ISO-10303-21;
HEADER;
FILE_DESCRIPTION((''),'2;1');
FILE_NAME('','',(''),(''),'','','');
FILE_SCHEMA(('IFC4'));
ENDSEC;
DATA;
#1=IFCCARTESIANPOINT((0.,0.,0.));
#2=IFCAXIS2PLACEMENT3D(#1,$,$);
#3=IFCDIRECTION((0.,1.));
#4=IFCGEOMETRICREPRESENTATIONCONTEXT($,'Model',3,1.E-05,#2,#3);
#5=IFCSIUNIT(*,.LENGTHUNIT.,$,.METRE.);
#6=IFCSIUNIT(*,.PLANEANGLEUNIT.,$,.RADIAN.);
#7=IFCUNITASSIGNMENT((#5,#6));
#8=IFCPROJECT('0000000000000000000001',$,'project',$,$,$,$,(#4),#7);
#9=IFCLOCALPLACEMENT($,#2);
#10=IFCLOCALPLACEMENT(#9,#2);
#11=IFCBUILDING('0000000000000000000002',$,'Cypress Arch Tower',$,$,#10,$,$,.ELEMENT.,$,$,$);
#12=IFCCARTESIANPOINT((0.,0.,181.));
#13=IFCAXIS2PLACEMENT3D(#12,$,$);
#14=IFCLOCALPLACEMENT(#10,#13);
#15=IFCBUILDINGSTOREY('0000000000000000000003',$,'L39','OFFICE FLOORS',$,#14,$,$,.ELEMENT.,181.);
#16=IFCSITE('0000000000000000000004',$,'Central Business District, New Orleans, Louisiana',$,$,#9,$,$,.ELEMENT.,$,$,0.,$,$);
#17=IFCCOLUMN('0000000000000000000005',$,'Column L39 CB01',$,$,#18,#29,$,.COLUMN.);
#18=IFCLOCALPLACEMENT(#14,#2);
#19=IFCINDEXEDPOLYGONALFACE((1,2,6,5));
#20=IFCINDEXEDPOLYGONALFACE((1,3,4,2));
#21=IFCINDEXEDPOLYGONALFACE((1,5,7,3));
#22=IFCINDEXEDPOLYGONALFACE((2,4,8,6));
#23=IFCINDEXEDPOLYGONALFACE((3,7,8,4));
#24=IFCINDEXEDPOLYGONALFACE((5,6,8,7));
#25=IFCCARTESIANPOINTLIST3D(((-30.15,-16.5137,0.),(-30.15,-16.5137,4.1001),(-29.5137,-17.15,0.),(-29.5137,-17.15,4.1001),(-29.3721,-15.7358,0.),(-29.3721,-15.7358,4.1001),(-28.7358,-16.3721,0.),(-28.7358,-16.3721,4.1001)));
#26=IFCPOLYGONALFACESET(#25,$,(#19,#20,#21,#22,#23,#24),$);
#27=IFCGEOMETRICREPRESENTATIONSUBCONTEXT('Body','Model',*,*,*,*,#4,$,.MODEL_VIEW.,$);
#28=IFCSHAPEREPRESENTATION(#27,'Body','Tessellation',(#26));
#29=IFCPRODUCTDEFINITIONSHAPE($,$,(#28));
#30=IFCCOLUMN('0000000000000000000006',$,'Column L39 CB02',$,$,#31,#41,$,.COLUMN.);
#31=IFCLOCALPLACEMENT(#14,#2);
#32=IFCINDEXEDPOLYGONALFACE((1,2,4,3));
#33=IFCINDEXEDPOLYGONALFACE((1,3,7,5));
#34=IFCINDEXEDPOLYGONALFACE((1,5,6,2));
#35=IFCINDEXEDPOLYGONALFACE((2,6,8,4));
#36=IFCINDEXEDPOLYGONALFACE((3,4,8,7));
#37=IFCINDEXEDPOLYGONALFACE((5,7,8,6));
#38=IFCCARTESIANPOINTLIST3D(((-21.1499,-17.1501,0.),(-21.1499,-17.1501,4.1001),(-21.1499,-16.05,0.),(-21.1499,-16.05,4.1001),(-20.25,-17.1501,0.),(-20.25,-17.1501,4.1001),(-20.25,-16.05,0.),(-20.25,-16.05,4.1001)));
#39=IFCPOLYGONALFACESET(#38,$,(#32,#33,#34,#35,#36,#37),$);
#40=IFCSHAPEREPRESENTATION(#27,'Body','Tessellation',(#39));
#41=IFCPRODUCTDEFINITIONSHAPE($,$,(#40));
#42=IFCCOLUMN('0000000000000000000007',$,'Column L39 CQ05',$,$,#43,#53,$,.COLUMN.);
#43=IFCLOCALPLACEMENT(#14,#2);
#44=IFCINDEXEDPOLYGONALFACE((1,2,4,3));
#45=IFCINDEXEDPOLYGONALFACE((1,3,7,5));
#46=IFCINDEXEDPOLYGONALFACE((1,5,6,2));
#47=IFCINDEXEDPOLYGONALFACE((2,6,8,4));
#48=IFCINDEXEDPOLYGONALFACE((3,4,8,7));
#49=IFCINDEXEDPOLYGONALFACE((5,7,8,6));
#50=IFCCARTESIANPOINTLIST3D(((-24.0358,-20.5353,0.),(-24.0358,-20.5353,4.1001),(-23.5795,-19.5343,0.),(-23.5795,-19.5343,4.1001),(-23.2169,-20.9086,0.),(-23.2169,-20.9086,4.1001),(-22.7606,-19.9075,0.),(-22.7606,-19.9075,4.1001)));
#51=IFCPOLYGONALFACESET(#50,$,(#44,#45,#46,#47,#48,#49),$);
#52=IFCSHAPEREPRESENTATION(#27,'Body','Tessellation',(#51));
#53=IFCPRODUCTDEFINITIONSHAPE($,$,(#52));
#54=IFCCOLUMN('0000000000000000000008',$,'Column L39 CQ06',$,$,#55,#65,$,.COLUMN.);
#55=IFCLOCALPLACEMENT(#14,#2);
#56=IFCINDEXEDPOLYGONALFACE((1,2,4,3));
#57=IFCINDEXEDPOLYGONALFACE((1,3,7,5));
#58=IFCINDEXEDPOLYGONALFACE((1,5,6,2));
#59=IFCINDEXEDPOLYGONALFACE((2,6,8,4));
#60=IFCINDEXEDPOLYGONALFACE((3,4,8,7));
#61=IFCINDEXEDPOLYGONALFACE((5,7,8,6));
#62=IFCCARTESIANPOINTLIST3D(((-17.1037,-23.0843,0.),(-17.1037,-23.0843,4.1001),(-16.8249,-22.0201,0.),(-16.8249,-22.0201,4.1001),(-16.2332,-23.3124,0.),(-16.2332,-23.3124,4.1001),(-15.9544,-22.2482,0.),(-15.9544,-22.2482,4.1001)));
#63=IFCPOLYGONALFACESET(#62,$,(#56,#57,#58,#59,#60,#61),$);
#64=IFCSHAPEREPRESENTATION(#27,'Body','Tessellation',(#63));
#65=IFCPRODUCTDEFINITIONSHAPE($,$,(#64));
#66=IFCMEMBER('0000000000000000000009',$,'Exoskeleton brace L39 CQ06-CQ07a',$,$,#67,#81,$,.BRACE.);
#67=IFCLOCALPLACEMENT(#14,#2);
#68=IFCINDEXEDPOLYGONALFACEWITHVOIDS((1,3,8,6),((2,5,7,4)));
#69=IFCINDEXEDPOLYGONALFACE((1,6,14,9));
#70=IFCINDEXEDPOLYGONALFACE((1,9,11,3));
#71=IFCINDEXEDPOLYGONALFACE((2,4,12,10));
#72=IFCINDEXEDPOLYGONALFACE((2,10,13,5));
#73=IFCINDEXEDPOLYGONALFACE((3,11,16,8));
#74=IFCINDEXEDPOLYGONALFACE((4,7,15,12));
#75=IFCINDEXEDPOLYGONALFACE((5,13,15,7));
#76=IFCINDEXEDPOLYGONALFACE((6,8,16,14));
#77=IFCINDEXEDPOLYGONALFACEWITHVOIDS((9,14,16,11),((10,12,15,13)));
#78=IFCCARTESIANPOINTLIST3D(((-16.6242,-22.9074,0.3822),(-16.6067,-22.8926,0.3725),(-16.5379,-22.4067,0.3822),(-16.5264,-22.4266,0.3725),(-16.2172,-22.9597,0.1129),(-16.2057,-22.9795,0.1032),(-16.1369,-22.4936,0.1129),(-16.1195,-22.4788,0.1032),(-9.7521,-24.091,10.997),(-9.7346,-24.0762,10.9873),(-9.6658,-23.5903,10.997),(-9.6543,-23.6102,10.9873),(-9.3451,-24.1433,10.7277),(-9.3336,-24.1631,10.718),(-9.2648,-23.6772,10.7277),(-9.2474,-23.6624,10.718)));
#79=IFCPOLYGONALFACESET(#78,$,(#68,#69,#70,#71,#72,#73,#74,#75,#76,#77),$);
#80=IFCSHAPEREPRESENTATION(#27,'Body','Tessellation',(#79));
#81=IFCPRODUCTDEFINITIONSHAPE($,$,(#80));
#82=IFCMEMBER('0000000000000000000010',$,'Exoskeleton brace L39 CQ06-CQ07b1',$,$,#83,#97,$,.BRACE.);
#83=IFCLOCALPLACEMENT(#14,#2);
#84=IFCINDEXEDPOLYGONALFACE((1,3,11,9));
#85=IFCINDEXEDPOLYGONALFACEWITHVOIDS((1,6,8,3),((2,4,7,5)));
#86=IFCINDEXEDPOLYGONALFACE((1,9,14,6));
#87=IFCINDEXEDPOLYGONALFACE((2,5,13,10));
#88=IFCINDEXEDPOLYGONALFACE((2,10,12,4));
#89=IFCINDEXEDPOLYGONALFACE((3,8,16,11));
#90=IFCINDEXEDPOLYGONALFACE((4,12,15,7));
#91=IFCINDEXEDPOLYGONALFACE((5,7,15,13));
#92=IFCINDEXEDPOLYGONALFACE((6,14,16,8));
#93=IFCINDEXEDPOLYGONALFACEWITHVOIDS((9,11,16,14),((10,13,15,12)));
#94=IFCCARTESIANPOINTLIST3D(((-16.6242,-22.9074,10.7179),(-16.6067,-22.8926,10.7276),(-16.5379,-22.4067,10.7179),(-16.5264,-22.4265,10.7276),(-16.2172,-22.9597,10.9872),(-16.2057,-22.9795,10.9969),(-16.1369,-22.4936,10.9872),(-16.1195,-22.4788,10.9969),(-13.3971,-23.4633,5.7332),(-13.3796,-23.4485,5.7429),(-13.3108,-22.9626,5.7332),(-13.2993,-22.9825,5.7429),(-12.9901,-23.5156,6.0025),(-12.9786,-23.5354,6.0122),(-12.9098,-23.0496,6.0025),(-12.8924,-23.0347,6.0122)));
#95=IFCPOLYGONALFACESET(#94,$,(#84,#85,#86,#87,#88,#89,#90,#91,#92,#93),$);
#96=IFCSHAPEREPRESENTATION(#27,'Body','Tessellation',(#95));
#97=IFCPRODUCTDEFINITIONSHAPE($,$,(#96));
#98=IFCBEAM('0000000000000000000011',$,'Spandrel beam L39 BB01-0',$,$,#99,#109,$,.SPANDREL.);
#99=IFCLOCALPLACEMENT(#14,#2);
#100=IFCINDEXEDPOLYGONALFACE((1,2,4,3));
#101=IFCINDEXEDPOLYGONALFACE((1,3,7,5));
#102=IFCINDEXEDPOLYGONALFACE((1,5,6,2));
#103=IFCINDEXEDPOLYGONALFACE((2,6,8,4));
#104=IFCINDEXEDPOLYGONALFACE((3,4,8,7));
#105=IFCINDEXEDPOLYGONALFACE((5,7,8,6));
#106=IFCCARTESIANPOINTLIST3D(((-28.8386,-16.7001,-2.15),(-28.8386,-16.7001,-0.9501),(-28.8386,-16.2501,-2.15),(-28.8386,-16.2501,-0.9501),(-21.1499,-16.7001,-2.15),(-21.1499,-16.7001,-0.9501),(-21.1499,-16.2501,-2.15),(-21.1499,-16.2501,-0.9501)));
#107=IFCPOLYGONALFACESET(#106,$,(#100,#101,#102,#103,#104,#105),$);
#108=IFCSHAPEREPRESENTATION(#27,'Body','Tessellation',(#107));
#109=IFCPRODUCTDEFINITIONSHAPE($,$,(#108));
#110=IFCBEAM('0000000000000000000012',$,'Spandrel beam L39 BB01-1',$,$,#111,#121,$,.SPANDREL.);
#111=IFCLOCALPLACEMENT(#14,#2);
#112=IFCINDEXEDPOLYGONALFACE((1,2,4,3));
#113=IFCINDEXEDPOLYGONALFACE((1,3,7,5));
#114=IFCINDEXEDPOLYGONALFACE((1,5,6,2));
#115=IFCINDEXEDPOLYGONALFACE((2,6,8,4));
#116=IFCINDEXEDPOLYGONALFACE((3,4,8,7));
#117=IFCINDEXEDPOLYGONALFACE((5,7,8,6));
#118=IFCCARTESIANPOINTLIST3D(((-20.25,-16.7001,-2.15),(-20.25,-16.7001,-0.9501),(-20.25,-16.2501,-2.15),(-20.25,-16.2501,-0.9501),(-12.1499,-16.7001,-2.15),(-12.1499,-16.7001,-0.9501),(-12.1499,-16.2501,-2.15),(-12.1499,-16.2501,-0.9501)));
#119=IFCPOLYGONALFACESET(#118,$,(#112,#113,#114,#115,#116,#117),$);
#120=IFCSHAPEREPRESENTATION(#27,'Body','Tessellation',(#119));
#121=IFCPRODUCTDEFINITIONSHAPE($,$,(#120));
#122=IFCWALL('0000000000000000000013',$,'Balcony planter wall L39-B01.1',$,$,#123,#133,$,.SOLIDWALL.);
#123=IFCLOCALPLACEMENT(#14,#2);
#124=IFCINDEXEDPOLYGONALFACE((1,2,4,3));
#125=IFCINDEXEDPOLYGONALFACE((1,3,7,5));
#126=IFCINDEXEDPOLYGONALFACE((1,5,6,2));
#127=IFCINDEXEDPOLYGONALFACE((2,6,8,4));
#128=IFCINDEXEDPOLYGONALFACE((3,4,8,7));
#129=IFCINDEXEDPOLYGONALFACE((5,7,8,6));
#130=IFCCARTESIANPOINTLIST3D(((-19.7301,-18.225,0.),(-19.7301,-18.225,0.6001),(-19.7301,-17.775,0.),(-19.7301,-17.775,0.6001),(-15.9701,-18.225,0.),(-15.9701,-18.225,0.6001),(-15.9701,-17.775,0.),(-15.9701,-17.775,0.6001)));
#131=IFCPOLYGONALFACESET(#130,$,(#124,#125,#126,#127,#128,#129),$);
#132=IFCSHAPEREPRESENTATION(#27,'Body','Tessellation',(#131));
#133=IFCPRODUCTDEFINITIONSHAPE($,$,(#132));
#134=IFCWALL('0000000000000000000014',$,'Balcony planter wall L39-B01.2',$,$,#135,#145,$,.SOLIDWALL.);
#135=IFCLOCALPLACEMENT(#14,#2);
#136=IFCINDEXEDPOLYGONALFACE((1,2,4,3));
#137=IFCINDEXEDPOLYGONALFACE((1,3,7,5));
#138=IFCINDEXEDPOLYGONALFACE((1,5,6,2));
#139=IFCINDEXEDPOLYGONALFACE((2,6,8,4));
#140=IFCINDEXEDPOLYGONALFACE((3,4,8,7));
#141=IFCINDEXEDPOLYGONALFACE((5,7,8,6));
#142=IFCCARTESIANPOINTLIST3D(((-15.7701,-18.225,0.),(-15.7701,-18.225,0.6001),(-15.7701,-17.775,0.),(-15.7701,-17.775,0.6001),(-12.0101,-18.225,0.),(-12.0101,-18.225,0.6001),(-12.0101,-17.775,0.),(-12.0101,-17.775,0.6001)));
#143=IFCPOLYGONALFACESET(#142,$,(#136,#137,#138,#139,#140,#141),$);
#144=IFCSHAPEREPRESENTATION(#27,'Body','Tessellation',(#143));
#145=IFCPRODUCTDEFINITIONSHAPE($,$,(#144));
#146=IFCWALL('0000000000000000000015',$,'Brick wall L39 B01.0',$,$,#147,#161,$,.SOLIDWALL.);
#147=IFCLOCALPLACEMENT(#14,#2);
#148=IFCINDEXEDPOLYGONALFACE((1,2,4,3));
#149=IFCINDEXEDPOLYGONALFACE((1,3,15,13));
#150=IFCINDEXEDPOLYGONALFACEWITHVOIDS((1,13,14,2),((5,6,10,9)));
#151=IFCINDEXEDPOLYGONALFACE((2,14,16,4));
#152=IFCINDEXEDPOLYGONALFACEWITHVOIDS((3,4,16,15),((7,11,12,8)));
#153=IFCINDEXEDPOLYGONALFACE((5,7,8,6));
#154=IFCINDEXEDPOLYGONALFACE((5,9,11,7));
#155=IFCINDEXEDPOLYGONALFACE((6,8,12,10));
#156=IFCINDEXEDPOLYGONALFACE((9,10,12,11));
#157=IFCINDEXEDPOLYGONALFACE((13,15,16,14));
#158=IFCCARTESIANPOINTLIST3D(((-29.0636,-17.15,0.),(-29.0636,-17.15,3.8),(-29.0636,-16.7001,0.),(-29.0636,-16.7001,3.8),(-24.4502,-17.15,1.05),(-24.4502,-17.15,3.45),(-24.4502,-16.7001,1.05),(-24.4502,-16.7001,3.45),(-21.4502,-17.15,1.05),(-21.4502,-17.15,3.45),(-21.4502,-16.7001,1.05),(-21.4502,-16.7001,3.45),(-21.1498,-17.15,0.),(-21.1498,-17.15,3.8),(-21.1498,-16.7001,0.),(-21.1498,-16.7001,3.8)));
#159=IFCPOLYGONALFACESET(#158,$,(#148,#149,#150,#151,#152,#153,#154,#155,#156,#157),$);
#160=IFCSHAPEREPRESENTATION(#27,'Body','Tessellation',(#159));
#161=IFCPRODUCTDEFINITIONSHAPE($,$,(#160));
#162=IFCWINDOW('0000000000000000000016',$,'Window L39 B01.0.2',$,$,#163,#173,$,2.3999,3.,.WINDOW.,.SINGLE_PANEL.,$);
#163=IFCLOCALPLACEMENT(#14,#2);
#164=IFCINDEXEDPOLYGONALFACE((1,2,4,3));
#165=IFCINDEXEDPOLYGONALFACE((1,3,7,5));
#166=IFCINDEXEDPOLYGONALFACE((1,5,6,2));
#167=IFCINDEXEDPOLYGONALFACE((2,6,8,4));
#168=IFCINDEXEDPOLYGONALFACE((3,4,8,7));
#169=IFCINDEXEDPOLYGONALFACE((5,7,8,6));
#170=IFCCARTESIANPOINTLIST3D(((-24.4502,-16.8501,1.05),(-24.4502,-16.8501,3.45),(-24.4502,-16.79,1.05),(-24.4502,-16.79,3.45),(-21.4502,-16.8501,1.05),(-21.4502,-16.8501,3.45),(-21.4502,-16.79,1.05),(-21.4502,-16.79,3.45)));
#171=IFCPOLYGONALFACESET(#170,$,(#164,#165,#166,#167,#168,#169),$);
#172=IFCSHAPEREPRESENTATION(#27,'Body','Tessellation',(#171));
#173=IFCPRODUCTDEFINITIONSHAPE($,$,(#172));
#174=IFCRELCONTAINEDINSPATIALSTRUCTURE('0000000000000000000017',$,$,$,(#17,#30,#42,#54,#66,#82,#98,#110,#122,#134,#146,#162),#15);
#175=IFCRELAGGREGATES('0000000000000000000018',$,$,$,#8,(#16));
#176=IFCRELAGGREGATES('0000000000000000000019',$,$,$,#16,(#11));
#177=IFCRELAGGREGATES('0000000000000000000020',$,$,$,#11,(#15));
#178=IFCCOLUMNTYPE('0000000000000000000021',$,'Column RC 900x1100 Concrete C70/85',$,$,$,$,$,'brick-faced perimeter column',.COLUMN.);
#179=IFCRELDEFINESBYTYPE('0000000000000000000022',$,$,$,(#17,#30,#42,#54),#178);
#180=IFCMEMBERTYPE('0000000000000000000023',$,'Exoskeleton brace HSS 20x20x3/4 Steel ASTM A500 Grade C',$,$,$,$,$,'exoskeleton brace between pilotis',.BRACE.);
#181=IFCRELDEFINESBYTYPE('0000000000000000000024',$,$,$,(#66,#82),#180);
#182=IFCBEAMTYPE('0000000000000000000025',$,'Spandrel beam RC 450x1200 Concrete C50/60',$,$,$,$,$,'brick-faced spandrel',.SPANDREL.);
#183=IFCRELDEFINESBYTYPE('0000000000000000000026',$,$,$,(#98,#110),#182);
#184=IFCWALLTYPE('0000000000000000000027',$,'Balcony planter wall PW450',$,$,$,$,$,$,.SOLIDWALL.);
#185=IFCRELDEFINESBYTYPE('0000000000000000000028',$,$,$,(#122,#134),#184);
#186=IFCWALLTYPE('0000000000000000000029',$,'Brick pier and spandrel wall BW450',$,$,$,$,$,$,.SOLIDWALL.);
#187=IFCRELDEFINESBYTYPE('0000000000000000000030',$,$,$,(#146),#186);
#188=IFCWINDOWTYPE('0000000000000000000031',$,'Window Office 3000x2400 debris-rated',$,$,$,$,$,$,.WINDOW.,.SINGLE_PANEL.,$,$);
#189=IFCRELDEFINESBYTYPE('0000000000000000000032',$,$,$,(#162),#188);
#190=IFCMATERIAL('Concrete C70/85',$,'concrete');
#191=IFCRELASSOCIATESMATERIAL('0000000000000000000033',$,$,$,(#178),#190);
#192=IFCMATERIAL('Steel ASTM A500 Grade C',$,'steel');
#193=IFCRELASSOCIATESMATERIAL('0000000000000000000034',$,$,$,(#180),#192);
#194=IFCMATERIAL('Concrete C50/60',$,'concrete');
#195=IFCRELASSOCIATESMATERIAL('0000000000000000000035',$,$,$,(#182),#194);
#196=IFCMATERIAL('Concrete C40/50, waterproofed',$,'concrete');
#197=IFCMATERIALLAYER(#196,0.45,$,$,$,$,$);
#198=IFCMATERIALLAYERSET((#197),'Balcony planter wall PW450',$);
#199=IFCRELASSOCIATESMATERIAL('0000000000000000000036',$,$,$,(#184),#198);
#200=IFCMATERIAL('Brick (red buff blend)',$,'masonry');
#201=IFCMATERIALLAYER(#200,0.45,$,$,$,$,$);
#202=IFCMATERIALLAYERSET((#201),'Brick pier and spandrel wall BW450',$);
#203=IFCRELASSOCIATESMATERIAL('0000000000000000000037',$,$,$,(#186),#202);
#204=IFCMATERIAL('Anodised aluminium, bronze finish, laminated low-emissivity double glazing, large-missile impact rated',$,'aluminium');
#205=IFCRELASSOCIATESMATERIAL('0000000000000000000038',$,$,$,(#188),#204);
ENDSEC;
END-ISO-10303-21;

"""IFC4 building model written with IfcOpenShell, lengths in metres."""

from ifc_helpers import new_model, si_unit, direction, frame, frame_2d, origin, origin_2d, place, context, subcontext, project, spatial, rectangle, hollow_rectangle, extrude, material, layer, layer_set, material_profile, profile_set, type_object, element, fill, save


model = new_model("IFC4")

# Units and contexts
model_context = context("Model", 3, precision=1e-05, world=origin(), true_north=direction((0.0, 1.0)))
body_context = subcontext(model_context, "Body", "Model", "MODEL_VIEW")
ifc_project = project(units=[si_unit("LENGTHUNIT", "METRE"), si_unit("PLANEANGLEUNIT", "RADIAN")], contexts=[model_context])

# Site, building, storey
site_placement = place(None, origin())
site = spatial("IfcSite", under=ifc_project, at=site_placement, Name="Central Business District, New Orleans, Louisiana", CompositionType="ELEMENT", RefElevation=0.0)
building_placement = place(site_placement, origin())
building = spatial("IfcBuilding", under=site, at=building_placement, Name="Cypress Arch Tower", CompositionType="ELEMENT")
storey_placement = place(building_placement, frame((0.0, 0.0, 181.0)))
storey = spatial("IfcBuildingStorey", under=building, at=storey_placement, Name="L39", Description="OFFICE FLOORS", CompositionType="ELEMENT", Elevation=181.0)

# Columns
ifc_material_1 = material(Name="Concrete C70/85", Category="concrete")
ifc_material_profile_1 = material_profile(ifc_material_1, rectangle(XDim=0.8999, YDim=1.1001, at=origin_2d()), Name="RC 900x1100")
ifc_profile_set_1 = profile_set([ifc_material_profile_1], Name="Concrete C70/85")
column_type = type_object("IfcColumnType", Name="Column RC 900x1100 Concrete C70/85", ElementType="brick-faced perimeter column", PredefinedType="COLUMN", material=ifc_profile_set_1)
for number, where, z_axis, x_axis, name in (
    (1, (-29.4429, -16.4429, 0.0), (0.0, 0.0, 1.0), (0.707107, -0.707107, 0.0), "Column L39 CB01"),
    (2, (-20.7, -16.6001, 0.0), (0.0, 0.0, 1.0), (1.0, 0.0, 0.0), "Column L39 CB02"),
    (3, (-23.3982, -20.2214, 0.0), (0.0, 0.0, 1.0), (0.909932, -0.414757, 0.0), "Column L39 CQ05"),
    (4, (-16.5291, -22.6663, 0.0), (0.0, 0.0, 1.0), (0.967356, -0.253422, 0.0), "Column L39 CQ06"),
):
    element("IfcColumn", number, at=place(storey_placement, frame(where, z_axis=z_axis, x_axis=x_axis)), inside=storey, type_object=column_type, Name=name, PredefinedType="COLUMN", context=body_context, shape_type="SweptSolid", body=[
        extrude(rectangle(XDim=0.8999, YDim=1.1001, at=origin_2d()), origin(), (0.0, 0.0, 1.0), 4.1001),
    ])

# Members
ifc_material_2 = material(Name="Steel ASTM A500 Grade C", Category="steel")
ifc_material_profile_2 = material_profile(ifc_material_2, hollow_rectangle(XDim=0.5081, YDim=0.5081, WallThickness=0.0176, at=origin_2d()), Name="HSS 20x20x3/4")
ifc_profile_set_2 = profile_set([ifc_material_profile_2], Name="Steel ASTM A500 Grade C")
member_type = type_object("IfcMemberType", Name="Exoskeleton brace HSS 20x20x3/4 Steel ASTM A500 Grade C", ElementType="exoskeleton brace between pilotis", PredefinedType="BRACE", material=ifc_profile_set_2)
member_1_placement = place(storey_placement, frame((-16.3718, -22.6931, 0.2427), z_axis=(0.541093, -0.093194, 0.835783), x_axis=(0.169733, 0.98549, 0.0)))
element("IfcMember", 5, at=member_1_placement, inside=storey, type_object=member_type, Name="Exoskeleton brace L39 CQ06-CQ07a", PredefinedType="BRACE", context=body_context, shape_type="SweptSolid", body=[
    extrude(hollow_rectangle(XDim=0.5081, YDim=0.5081, WallThickness=0.0176, at=origin_2d()), origin(), (0.0, 0.0, 1.0), 12.7004),
])
member_2_placement = place(storey_placement, frame((-16.3718, -22.6931, 10.8574), z_axis=(0.541088, -0.093211, -0.835784), x_axis=(0.169765, 0.985485, 0.0)))
element("IfcMember", 6, at=member_2_placement, inside=storey, type_object=member_type, Name="Exoskeleton brace L39 CQ06-CQ07b1", PredefinedType="BRACE", context=body_context, shape_type="SweptSolid", body=[
    extrude(hollow_rectangle(XDim=0.5081, YDim=0.5081, WallThickness=0.0176, at=origin_2d()), origin(), (0.0, 0.0, 1.0), 5.9641),
])

# Beams
ifc_material_3 = material(Name="Concrete C50/60", Category="concrete")
ifc_material_profile_3 = material_profile(ifc_material_3, rectangle(XDim=0.45, YDim=1.2, at=origin_2d()), Name="RC 450x1200")
ifc_profile_set_3 = profile_set([ifc_material_profile_3], Name="Concrete C50/60")
beam_type = type_object("IfcBeamType", Name="Spandrel beam RC 450x1200 Concrete C50/60", ElementType="brick-faced spandrel", PredefinedType="SPANDREL", material=ifc_profile_set_3)
beam_1_placement = place(storey_placement, frame((-28.8386, -16.4751, -1.55), z_axis=(1.0, 0.0, 0.0), x_axis=(0.0, 1.0, 0.0)))
element("IfcBeam", 7, at=beam_1_placement, inside=storey, type_object=beam_type, Name="Spandrel beam L39 BB01-0", PredefinedType="SPANDREL", context=body_context, shape_type="SweptSolid", body=[
    extrude(rectangle(XDim=0.45, YDim=1.2, at=origin_2d()), origin(), (0.0, 0.0, 1.0), 7.6887),
])
beam_2_placement = place(storey_placement, frame((-20.25, -16.4751, -1.55), z_axis=(1.0, 0.0, 0.0), x_axis=(0.0, 1.0, 0.0)))
element("IfcBeam", 8, at=beam_2_placement, inside=storey, type_object=beam_type, Name="Spandrel beam L39 BB01-1", PredefinedType="SPANDREL", context=body_context, shape_type="SweptSolid", body=[
    extrude(rectangle(XDim=0.45, YDim=1.2, at=origin_2d()), origin(), (0.0, 0.0, 1.0), 8.1001),
])

# Walls
ifc_material_4 = material(Name="Concrete C40/50, waterproofed", Category="concrete")
ifc_layer_1 = layer(ifc_material_4, 0.45)
ifc_layer_set_1 = layer_set([ifc_layer_1], Name="Balcony planter wall PW450")
wall_type_1 = type_object("IfcWallType", Name="Balcony planter wall PW450", PredefinedType="SOLIDWALL", material=ifc_layer_set_1)
for number, where, z_axis, x_axis, name in (
    (9, (-19.73, -18.0, 0.0), (0.0, 0.0, 1.0), (1.0, 0.0, 0.0), "Balcony planter wall L39-B01.1"),
    (10, (-15.77, -18.0, 0.0), (0.0, 0.0, 1.0), (1.0, 0.0, 0.0), "Balcony planter wall L39-B01.2"),
):
    element("IfcWall", number, at=place(storey_placement, frame(where, z_axis=z_axis, x_axis=x_axis)), inside=storey, type_object=wall_type_1, Name=name, PredefinedType="SOLIDWALL", context=body_context, shape_type="SweptSolid", body=[
        extrude(rectangle(XDim=3.76, YDim=0.45, at=frame_2d((1.8799, 0.0))), origin(), (0.0, 0.0, 1.0), 0.6001),
    ])

# Wall, opening, window
ifc_material_5 = material(Name="Brick (red buff blend)", Category="masonry")
ifc_layer_2 = layer(ifc_material_5, 0.45)
ifc_layer_set_2 = layer_set([ifc_layer_2], Name="Brick pier and spandrel wall BW450")
wall_type_2 = type_object("IfcWallType", Name="Brick pier and spandrel wall BW450", PredefinedType="SOLIDWALL", material=ifc_layer_set_2)
wall_1_placement = place(storey_placement, frame((-29.0637, -16.925, 0.0), z_axis=(0.0, 0.0, 1.0), x_axis=(1.0, 0.0, 0.0)))
wall_1 = element("IfcWall", 11, at=wall_1_placement, inside=storey, type_object=wall_type_2, Name="Brick wall L39 B01.0", PredefinedType="SOLIDWALL", context=body_context, shape_type="SweptSolid", body=[
    extrude(rectangle(XDim=7.9138, YDim=0.45, at=frame_2d((3.957, 0.0))), origin(), (0.0, 0.0, 1.0), 3.8),
])
opening_1_placement = place(wall_1_placement, frame((4.6135, 0.0, 1.05)))
opening_1 = element("IfcOpeningElement", 12, at=opening_1_placement, cuts=wall_1, PredefinedType="OPENING", context=body_context, shape_type="SweptSolid", body=[
    extrude(rectangle(XDim=3.0, YDim=2.3999, at=frame_2d((1.5, 1.2))), frame((0.0, 0.2349, 0.0), z_axis=(0.0, -1.0, 0.0), x_axis=(1.0, 0.0, 0.0)), (0.0, 0.0, 1.0), 0.47),
])
ifc_material_6 = material(Name="Anodised aluminium, bronze finish, laminated low-emissivity double glazing, large-missile impact rated", Category="aluminium")
window_type = type_object("IfcWindowType", Name="Window Office 3000x2400 debris-rated", PartitioningType="SINGLE_PANEL", PredefinedType="WINDOW", material=ifc_material_6)
window_1_placement = place(opening_1_placement, origin())
window_1 = element("IfcWindow", 13, at=window_1_placement, inside=storey, type_object=window_type, Name="Window L39 B01.0.2", OverallHeight=2.3999, OverallWidth=3.0, PartitioningType="SINGLE_PANEL", PredefinedType="WINDOW", context=body_context, shape_type="SweptSolid", body=[
    extrude(rectangle(XDim=3.0, YDim=2.3999, at=frame_2d((1.5, 1.2))), frame((0.0, 0.135, 0.0), z_axis=(0.0, -1.0, 0.0), x_axis=(1.0, 0.0, 0.0)), (0.0, 0.0, 1.0), 0.0601),
])
fill(opening_1, window_1)

save(model, "model.ifc")
